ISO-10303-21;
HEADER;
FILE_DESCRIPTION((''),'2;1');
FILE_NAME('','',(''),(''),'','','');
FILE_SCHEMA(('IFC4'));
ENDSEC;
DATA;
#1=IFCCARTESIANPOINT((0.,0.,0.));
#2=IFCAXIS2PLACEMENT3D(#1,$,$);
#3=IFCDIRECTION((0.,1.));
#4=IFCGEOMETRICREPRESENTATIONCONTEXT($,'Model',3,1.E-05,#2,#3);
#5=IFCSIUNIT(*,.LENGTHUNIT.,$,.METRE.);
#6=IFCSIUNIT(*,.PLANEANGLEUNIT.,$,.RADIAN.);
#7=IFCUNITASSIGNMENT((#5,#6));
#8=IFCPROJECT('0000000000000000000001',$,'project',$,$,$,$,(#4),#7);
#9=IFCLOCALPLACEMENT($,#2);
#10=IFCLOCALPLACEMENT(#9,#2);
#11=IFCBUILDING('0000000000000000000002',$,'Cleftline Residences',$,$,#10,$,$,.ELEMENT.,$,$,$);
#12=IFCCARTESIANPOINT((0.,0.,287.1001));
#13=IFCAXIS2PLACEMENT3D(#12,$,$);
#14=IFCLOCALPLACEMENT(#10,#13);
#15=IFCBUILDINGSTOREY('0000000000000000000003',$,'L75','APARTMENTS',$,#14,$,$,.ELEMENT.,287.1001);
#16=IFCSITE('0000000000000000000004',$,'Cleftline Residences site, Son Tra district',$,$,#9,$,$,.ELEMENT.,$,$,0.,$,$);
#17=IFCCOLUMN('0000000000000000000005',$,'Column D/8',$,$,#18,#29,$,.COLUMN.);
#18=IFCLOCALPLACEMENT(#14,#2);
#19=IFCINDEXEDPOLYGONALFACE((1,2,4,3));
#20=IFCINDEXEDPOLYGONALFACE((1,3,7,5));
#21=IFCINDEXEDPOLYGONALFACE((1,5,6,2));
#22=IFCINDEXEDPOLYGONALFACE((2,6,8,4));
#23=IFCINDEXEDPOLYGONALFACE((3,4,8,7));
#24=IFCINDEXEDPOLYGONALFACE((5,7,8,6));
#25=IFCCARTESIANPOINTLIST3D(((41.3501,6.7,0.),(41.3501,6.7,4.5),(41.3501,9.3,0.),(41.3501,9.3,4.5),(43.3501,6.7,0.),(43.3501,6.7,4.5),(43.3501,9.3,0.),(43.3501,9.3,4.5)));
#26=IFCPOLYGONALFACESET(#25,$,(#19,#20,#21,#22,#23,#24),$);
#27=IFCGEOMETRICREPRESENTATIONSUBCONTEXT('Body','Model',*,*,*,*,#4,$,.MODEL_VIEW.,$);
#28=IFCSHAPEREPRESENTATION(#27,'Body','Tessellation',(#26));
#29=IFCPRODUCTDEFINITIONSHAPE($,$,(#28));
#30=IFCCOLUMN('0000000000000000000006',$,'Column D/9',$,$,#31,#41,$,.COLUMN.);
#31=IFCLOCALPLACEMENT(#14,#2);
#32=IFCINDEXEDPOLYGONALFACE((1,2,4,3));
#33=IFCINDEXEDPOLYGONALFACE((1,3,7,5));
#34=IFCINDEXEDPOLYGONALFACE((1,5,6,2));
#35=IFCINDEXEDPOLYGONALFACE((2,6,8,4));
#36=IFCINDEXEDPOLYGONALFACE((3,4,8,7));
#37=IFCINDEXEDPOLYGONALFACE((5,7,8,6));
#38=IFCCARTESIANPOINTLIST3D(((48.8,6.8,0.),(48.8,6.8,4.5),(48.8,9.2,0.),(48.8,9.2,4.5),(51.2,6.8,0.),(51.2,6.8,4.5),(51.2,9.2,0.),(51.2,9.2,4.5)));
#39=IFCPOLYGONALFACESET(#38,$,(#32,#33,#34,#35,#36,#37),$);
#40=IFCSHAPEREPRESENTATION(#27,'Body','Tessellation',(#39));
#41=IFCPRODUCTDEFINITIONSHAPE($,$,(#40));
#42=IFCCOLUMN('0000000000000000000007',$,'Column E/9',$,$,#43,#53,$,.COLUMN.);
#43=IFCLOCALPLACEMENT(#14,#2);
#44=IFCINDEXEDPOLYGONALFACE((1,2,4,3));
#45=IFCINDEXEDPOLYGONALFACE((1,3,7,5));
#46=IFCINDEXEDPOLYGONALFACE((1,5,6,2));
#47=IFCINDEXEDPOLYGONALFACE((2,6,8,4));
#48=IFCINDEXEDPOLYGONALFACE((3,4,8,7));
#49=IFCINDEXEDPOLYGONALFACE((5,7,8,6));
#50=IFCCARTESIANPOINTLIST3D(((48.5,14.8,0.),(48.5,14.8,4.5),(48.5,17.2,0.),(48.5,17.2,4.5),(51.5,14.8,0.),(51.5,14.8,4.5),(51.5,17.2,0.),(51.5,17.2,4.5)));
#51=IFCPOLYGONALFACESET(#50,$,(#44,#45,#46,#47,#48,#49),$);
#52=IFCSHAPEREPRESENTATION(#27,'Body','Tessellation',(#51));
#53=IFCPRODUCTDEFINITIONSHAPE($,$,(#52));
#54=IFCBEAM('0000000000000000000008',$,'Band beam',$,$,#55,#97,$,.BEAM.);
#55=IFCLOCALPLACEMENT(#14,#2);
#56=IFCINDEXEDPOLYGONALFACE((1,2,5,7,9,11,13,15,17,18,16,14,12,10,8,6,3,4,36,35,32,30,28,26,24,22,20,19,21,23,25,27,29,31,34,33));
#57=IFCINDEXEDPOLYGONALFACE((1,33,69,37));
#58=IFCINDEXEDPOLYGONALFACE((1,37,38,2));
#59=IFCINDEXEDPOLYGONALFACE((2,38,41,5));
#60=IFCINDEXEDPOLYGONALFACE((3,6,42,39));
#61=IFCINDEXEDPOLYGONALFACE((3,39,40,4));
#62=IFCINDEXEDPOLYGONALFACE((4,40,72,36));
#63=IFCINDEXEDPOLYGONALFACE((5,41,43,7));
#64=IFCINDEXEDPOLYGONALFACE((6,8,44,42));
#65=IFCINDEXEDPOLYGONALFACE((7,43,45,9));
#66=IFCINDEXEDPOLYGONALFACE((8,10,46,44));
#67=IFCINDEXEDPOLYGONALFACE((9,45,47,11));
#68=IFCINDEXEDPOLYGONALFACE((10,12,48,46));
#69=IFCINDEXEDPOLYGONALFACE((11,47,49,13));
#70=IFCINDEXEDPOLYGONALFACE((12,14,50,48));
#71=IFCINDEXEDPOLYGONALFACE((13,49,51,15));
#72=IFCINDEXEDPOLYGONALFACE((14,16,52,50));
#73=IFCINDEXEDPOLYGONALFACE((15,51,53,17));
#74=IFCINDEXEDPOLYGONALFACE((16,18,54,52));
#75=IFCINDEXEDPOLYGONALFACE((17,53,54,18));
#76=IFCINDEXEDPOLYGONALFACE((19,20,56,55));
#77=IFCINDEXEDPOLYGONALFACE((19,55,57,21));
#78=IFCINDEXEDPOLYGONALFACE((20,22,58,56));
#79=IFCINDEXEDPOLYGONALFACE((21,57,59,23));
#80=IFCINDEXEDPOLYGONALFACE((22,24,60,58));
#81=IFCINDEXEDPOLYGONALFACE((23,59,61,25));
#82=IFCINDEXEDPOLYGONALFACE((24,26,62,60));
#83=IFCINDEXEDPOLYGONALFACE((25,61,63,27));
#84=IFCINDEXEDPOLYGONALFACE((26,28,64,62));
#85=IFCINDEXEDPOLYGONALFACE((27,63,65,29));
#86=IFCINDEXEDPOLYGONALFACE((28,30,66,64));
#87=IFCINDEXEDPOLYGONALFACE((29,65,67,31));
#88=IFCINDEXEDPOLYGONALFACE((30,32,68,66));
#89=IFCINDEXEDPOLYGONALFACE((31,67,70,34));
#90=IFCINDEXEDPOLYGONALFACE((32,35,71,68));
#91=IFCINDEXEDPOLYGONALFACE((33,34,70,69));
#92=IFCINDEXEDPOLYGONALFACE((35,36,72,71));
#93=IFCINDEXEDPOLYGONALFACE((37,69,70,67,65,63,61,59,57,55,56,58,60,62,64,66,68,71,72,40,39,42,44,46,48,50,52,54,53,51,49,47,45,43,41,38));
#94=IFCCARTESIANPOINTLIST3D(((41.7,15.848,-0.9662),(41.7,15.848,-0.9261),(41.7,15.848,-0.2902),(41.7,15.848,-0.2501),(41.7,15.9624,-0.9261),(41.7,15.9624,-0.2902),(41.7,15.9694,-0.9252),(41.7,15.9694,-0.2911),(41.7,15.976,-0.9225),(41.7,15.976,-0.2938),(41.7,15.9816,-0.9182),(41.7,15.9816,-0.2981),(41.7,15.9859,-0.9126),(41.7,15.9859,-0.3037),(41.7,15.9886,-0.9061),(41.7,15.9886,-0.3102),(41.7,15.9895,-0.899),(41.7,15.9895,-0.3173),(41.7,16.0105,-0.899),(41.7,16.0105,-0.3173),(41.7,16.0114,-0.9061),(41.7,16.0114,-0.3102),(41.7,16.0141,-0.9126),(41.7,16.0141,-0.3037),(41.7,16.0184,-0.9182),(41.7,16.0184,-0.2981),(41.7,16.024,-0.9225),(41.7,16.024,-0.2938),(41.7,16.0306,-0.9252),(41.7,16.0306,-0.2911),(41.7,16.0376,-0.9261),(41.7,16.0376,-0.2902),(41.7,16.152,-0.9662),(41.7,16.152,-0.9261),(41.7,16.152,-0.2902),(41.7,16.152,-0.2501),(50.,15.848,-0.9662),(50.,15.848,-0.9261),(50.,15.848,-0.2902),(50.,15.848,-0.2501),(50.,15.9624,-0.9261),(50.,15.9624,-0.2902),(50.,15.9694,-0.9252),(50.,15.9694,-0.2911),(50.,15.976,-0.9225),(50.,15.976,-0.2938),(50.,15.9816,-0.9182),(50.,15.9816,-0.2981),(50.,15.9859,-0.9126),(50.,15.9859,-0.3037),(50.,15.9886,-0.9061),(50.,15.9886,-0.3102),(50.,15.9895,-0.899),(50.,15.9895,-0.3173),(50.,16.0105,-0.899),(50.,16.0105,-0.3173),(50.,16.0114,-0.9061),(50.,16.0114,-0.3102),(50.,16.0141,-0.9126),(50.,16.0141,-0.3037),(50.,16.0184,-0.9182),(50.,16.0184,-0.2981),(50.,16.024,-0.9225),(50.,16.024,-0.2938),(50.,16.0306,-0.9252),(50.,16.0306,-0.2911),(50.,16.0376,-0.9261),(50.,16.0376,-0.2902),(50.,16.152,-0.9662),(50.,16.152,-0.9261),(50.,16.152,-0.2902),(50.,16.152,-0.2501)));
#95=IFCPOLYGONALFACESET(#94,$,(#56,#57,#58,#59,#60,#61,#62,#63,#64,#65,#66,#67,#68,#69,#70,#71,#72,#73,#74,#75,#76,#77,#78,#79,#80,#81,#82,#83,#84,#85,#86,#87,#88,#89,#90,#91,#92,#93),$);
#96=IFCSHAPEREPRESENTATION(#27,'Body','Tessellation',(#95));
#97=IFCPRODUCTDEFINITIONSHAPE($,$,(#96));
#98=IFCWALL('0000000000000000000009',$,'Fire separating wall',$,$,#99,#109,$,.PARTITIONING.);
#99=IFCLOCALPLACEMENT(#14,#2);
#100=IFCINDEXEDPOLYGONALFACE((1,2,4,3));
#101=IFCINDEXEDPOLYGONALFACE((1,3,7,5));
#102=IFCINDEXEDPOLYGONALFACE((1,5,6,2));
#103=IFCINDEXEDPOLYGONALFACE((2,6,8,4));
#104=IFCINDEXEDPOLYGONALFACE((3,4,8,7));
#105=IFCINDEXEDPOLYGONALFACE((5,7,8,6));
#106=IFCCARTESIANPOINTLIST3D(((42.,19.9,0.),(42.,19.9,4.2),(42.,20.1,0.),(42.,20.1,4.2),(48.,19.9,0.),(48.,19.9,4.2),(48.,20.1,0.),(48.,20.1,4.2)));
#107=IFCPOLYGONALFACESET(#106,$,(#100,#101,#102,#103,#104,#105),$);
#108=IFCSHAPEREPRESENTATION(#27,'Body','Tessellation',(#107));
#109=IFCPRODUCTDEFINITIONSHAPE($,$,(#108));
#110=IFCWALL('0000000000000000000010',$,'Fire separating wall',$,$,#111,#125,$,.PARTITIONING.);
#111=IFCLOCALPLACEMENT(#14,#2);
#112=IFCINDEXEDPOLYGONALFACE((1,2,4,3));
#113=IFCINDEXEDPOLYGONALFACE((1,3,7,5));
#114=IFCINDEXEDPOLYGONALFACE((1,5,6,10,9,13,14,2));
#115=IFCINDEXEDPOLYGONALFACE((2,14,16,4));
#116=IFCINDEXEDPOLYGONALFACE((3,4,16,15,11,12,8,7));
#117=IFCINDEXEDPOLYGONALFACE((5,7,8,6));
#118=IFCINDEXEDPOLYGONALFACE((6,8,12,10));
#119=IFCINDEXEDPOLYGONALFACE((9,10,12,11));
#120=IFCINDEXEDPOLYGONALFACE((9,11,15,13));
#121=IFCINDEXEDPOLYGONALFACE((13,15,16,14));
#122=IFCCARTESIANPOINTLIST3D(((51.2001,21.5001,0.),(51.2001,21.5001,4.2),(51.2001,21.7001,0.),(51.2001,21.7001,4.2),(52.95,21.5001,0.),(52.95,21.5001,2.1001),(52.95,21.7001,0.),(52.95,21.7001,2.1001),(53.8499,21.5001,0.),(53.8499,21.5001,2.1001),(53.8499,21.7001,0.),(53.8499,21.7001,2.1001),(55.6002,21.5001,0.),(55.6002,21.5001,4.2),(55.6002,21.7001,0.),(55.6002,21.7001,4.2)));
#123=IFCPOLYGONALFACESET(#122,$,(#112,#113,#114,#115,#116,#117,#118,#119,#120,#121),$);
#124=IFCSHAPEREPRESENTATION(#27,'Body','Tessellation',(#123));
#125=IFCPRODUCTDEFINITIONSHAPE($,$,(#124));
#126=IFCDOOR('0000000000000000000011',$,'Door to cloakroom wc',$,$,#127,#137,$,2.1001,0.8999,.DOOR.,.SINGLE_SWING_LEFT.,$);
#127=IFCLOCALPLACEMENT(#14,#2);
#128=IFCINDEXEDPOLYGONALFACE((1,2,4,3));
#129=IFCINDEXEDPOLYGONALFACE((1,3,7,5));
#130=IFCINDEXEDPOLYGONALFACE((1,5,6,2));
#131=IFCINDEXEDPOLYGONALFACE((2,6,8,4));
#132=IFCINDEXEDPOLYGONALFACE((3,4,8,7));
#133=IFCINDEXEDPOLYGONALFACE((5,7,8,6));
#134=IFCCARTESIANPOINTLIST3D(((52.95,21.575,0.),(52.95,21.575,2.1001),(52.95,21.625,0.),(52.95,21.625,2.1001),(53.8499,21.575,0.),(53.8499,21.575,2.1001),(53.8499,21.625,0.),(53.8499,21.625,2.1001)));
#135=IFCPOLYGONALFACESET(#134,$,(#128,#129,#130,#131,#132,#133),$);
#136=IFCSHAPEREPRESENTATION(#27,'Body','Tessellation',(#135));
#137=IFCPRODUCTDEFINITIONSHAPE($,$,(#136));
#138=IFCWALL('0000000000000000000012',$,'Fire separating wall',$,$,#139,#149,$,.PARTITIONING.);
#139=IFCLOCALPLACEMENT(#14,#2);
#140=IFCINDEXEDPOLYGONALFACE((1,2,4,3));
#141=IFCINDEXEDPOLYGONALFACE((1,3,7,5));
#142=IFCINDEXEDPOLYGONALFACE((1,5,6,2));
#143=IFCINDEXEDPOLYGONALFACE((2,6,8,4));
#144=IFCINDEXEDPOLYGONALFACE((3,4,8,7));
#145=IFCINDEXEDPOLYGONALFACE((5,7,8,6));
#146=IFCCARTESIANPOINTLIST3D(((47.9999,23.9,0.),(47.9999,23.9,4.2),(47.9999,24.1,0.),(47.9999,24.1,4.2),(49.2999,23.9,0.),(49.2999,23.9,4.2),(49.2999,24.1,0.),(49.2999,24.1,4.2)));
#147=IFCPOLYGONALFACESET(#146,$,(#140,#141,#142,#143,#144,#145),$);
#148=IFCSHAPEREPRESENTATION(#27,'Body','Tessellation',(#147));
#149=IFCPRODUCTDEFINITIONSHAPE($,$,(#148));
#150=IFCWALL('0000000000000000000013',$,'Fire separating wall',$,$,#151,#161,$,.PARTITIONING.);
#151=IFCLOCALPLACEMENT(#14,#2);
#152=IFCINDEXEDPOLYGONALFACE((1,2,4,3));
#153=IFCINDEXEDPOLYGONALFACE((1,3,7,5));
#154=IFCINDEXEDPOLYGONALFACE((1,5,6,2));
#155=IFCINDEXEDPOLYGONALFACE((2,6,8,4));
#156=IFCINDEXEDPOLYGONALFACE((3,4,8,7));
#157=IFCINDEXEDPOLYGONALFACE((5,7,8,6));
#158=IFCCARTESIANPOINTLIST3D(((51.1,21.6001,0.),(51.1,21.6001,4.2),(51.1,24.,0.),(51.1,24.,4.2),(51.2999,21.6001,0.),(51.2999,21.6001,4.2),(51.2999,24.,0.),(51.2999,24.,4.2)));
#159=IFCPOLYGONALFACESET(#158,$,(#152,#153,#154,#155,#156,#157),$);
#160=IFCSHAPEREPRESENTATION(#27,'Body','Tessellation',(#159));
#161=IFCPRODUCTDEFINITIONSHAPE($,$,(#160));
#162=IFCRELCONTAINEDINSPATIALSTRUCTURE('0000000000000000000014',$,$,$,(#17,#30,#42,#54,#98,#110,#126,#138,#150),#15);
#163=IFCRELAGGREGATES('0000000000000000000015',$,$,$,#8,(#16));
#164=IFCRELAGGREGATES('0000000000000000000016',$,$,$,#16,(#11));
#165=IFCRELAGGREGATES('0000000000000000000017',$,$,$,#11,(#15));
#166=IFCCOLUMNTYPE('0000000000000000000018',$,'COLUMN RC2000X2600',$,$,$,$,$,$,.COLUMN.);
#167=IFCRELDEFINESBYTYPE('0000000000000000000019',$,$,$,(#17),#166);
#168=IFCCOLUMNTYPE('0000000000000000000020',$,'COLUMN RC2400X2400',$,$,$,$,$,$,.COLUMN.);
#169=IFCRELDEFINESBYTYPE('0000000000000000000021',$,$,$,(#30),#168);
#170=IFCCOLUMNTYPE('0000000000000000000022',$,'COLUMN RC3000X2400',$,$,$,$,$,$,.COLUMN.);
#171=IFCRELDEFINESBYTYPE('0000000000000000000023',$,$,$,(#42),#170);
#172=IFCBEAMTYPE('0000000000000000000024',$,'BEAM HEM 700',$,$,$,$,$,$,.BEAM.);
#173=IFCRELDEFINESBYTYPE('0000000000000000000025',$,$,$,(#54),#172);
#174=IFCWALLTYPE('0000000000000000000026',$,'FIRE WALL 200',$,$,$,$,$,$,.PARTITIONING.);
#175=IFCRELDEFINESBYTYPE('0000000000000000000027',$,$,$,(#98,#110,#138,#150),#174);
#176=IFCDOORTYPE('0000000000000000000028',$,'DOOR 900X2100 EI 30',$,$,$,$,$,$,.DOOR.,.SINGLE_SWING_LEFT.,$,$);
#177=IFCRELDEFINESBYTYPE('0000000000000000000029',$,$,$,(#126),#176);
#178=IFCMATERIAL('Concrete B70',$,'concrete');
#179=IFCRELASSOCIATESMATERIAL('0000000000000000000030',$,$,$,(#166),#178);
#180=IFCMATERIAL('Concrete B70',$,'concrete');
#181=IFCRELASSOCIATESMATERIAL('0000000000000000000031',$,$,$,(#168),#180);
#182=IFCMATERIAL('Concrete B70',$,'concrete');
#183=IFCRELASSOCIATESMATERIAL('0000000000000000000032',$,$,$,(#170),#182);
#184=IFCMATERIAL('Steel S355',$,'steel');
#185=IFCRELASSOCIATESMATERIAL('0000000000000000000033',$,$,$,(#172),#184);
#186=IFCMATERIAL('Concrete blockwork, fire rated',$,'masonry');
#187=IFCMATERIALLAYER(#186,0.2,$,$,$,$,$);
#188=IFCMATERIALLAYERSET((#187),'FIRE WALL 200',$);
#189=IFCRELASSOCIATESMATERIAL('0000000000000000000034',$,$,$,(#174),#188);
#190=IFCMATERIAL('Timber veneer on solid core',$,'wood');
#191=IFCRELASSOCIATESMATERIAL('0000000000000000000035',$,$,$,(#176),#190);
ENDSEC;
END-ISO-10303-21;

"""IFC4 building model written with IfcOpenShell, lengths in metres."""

from ifc_helpers import new_model, si_unit, direction, frame, frame_2d, origin, origin_2d, place, context, subcontext, project, spatial, rectangle, i_section, extrude, material, layer, layer_set, material_profile, profile_set, type_object, element, fill, save


model = new_model("IFC4")

# Units and contexts
model_context = context("Model", 3, precision=1e-05, world=origin(), true_north=direction((0.0, 1.0)))
body_context = subcontext(model_context, "Body", "Model", "MODEL_VIEW")
ifc_project = project(units=[si_unit("LENGTHUNIT", "METRE"), si_unit("PLANEANGLEUNIT", "RADIAN")], contexts=[model_context])

# Site, building, storey
site_placement = place(None, origin())
site = spatial("IfcSite", under=ifc_project, at=site_placement, Name="Cleftline Residences site, Son Tra district", CompositionType="ELEMENT", RefElevation=0.0)
building_placement = place(site_placement, origin())
building = spatial("IfcBuilding", under=site, at=building_placement, Name="Cleftline Residences", CompositionType="ELEMENT")
storey_placement = place(building_placement, frame((0.0, 0.0, 287.1001)))
storey = spatial("IfcBuildingStorey", under=building, at=storey_placement, Name="L75", Description="APARTMENTS", CompositionType="ELEMENT", Elevation=287.1001)

# Columns
ifc_material_1 = material(Name="Concrete B70", Category="concrete")
ifc_material_profile_1 = material_profile(ifc_material_1, rectangle(XDim=2.0, YDim=2.6001, at=origin_2d()))
ifc_profile_set_1 = profile_set([ifc_material_profile_1], Name="Concrete B70")
column_type_1 = type_object("IfcColumnType", Name="COLUMN RC2000X2600", PredefinedType="COLUMN", material=ifc_profile_set_1)
column_1_placement = place(storey_placement, frame((42.3501, 8.0, 0.0), z_axis=(0.0, 0.0, 1.0), x_axis=(1.0, 0.0, 0.0)))
element("IfcColumn", 1, at=column_1_placement, inside=storey, type_object=column_type_1, Name="Column D/8", PredefinedType="COLUMN", context=body_context, shape_type="SweptSolid", body=[
    extrude(rectangle(XDim=2.0, YDim=2.6001, at=origin_2d()), origin(), (0.0, 0.0, 1.0), 4.5),
])
ifc_material_2 = material(Name="Concrete B70", Category="concrete")
ifc_material_profile_2 = material_profile(ifc_material_2, rectangle(XDim=2.3999, YDim=2.3999, at=origin_2d()))
ifc_profile_set_2 = profile_set([ifc_material_profile_2], Name="Concrete B70")
column_type_2 = type_object("IfcColumnType", Name="COLUMN RC2400X2400", PredefinedType="COLUMN", material=ifc_profile_set_2)
column_2_placement = place(storey_placement, frame((50.0, 8.0, 0.0), z_axis=(0.0, 0.0, 1.0), x_axis=(1.0, 0.0, 0.0)))
element("IfcColumn", 2, at=column_2_placement, inside=storey, type_object=column_type_2, Name="Column D/9", PredefinedType="COLUMN", context=body_context, shape_type="SweptSolid", body=[
    extrude(rectangle(XDim=2.3999, YDim=2.3999, at=origin_2d()), origin(), (0.0, 0.0, 1.0), 4.5),
])
ifc_material_3 = material(Name="Concrete B70", Category="concrete")
ifc_material_profile_3 = material_profile(ifc_material_3, rectangle(XDim=3.0, YDim=2.3999, at=origin_2d()))
ifc_profile_set_3 = profile_set([ifc_material_profile_3], Name="Concrete B70")
column_type_3 = type_object("IfcColumnType", Name="COLUMN RC3000X2400", PredefinedType="COLUMN", material=ifc_profile_set_3)
column_3_placement = place(storey_placement, frame((50.0, 16.0, 0.0), z_axis=(0.0, 0.0, 1.0), x_axis=(1.0, 0.0, 0.0)))
element("IfcColumn", 3, at=column_3_placement, inside=storey, type_object=column_type_3, Name="Column E/9", PredefinedType="COLUMN", context=body_context, shape_type="SweptSolid", body=[
    extrude(rectangle(XDim=3.0, YDim=2.3999, at=origin_2d()), origin(), (0.0, 0.0, 1.0), 4.5),
])

# Beam
ifc_material_4 = material(Name="Steel S355", Category="steel")
ifc_material_profile_4 = material_profile(ifc_material_4, i_section(OverallWidth=0.304, OverallDepth=0.7161, WebThickness=0.021, FlangeThickness=0.04, FilletRadius=0.0271, at=origin_2d()))
ifc_profile_set_4 = profile_set([ifc_material_profile_4], Name="Steel S355")
beam_type = type_object("IfcBeamType", Name="BEAM HEM 700", PredefinedType="BEAM", material=ifc_profile_set_4)
beam_placement = place(storey_placement, frame((50.0, 16.0, -0.6082), z_axis=(-1.0, 0.0, 0.0), x_axis=(0.0, -1.0, 0.0)))
element("IfcBeam", 4, at=beam_placement, inside=storey, type_object=beam_type, Name="Band beam", PredefinedType="BEAM", context=body_context, shape_type="SweptSolid", body=[
    extrude(i_section(OverallWidth=0.304, OverallDepth=0.7161, WebThickness=0.021, FlangeThickness=0.04, FilletRadius=0.0271, at=origin_2d()), origin(), (0.0, 0.0, 1.0), 8.3),
])

# Wall
ifc_material_5 = material(Name="Concrete blockwork, fire rated", Category="masonry")
ifc_layer_1 = layer(ifc_material_5, 0.2)
ifc_layer_set_1 = layer_set([ifc_layer_1], Name="FIRE WALL 200")
wall_type_1 = type_object("IfcWallType", Name="FIRE WALL 200", PredefinedType="PARTITIONING", material=ifc_layer_set_1)
wall_1_placement = place(storey_placement, frame((42.0, 20.0, 0.0), z_axis=(0.0, 0.0, 1.0), x_axis=(1.0, 0.0, 0.0)))
element("IfcWall", 5, at=wall_1_placement, inside=storey, type_object=wall_type_1, Name="Fire separating wall", PredefinedType="PARTITIONING", context=body_context, shape_type="SweptSolid", body=[
    extrude(rectangle(XDim=6.0, YDim=0.2, at=frame_2d((3.0, 0.0))), origin(), (0.0, 0.0, 1.0), 4.2),
])

# Wall, opening, door
wall_2_placement = place(storey_placement, frame((51.2, 21.6001, 0.0), z_axis=(0.0, 0.0, 1.0), x_axis=(1.0, 0.0, 0.0)))
wall_2 = element("IfcWall", 6, at=wall_2_placement, inside=storey, type_object=wall_type_1, Name="Fire separating wall", PredefinedType="PARTITIONING", context=body_context, shape_type="SweptSolid", body=[
    extrude(rectangle(XDim=4.4001, YDim=0.2, at=frame_2d((2.2002, 0.0))), origin(), (0.0, 0.0, 1.0), 4.2),
])
opening_1_placement = place(wall_2_placement, frame((1.75, 0.0, 0.0)))
opening_1 = element("IfcOpeningElement", 7, at=opening_1_placement, cuts=wall_2, PredefinedType="OPENING", context=body_context, shape_type="SweptSolid", body=[
    extrude(rectangle(XDim=0.8999, YDim=2.1001, at=frame_2d((0.45, 1.05))), frame((0.0, 0.1099, 0.0), z_axis=(0.0, -1.0, 0.0), x_axis=(1.0, 0.0, 0.0)), (0.0, 0.0, 1.0), 0.22),
])
ifc_material_6 = material(Name="Timber veneer on solid core", Category="wood")
door_type_1 = type_object("IfcDoorType", Name="DOOR 900X2100 EI 30", OperationType="SINGLE_SWING_LEFT", PredefinedType="DOOR", material=ifc_material_6)
door_1_placement = place(opening_1_placement, origin())
door_1 = element("IfcDoor", 8, at=door_1_placement, inside=storey, type_object=door_type_1, Name="Door to cloakroom wc", OperationType="SINGLE_SWING_LEFT", OverallHeight=2.1001, OverallWidth=0.8999, PredefinedType="DOOR", context=body_context, shape_type="SweptSolid", body=[
    extrude(rectangle(XDim=0.8999, YDim=2.1001, at=frame_2d((0.45, 1.05))), frame((0.0, 0.0249, 0.0), z_axis=(0.0, -1.0, 0.0), x_axis=(1.0, 0.0, 0.0)), (0.0, 0.0, 1.0), 0.05),
])
fill(opening_1, door_1)

# Walls
wall_3_placement = place(storey_placement, frame((48.0, 24.0, 0.0), z_axis=(0.0, 0.0, 1.0), x_axis=(1.0, 0.0, 0.0)))
element("IfcWall", 9, at=wall_3_placement, inside=storey, type_object=wall_type_1, Name="Fire separating wall", PredefinedType="PARTITIONING", context=body_context, shape_type="SweptSolid", body=[
    extrude(rectangle(XDim=1.3, YDim=0.2, at=frame_2d((0.6499, 0.0))), origin(), (0.0, 0.0, 1.0), 4.2),
])
wall_4_placement = place(storey_placement, frame((51.2, 21.6001, 0.0), z_axis=(0.0, 0.0, 1.0), x_axis=(0.0, 1.0, 0.0)))
element("IfcWall", 10, at=wall_4_placement, inside=storey, type_object=wall_type_1, Name="Fire separating wall", PredefinedType="PARTITIONING", context=body_context, shape_type="SweptSolid", body=[
    extrude(rectangle(XDim=2.3999, YDim=0.2, at=frame_2d((1.2, 0.0))), origin(), (0.0, 0.0, 1.0), 4.2),
])

save(model, "model.ifc")
